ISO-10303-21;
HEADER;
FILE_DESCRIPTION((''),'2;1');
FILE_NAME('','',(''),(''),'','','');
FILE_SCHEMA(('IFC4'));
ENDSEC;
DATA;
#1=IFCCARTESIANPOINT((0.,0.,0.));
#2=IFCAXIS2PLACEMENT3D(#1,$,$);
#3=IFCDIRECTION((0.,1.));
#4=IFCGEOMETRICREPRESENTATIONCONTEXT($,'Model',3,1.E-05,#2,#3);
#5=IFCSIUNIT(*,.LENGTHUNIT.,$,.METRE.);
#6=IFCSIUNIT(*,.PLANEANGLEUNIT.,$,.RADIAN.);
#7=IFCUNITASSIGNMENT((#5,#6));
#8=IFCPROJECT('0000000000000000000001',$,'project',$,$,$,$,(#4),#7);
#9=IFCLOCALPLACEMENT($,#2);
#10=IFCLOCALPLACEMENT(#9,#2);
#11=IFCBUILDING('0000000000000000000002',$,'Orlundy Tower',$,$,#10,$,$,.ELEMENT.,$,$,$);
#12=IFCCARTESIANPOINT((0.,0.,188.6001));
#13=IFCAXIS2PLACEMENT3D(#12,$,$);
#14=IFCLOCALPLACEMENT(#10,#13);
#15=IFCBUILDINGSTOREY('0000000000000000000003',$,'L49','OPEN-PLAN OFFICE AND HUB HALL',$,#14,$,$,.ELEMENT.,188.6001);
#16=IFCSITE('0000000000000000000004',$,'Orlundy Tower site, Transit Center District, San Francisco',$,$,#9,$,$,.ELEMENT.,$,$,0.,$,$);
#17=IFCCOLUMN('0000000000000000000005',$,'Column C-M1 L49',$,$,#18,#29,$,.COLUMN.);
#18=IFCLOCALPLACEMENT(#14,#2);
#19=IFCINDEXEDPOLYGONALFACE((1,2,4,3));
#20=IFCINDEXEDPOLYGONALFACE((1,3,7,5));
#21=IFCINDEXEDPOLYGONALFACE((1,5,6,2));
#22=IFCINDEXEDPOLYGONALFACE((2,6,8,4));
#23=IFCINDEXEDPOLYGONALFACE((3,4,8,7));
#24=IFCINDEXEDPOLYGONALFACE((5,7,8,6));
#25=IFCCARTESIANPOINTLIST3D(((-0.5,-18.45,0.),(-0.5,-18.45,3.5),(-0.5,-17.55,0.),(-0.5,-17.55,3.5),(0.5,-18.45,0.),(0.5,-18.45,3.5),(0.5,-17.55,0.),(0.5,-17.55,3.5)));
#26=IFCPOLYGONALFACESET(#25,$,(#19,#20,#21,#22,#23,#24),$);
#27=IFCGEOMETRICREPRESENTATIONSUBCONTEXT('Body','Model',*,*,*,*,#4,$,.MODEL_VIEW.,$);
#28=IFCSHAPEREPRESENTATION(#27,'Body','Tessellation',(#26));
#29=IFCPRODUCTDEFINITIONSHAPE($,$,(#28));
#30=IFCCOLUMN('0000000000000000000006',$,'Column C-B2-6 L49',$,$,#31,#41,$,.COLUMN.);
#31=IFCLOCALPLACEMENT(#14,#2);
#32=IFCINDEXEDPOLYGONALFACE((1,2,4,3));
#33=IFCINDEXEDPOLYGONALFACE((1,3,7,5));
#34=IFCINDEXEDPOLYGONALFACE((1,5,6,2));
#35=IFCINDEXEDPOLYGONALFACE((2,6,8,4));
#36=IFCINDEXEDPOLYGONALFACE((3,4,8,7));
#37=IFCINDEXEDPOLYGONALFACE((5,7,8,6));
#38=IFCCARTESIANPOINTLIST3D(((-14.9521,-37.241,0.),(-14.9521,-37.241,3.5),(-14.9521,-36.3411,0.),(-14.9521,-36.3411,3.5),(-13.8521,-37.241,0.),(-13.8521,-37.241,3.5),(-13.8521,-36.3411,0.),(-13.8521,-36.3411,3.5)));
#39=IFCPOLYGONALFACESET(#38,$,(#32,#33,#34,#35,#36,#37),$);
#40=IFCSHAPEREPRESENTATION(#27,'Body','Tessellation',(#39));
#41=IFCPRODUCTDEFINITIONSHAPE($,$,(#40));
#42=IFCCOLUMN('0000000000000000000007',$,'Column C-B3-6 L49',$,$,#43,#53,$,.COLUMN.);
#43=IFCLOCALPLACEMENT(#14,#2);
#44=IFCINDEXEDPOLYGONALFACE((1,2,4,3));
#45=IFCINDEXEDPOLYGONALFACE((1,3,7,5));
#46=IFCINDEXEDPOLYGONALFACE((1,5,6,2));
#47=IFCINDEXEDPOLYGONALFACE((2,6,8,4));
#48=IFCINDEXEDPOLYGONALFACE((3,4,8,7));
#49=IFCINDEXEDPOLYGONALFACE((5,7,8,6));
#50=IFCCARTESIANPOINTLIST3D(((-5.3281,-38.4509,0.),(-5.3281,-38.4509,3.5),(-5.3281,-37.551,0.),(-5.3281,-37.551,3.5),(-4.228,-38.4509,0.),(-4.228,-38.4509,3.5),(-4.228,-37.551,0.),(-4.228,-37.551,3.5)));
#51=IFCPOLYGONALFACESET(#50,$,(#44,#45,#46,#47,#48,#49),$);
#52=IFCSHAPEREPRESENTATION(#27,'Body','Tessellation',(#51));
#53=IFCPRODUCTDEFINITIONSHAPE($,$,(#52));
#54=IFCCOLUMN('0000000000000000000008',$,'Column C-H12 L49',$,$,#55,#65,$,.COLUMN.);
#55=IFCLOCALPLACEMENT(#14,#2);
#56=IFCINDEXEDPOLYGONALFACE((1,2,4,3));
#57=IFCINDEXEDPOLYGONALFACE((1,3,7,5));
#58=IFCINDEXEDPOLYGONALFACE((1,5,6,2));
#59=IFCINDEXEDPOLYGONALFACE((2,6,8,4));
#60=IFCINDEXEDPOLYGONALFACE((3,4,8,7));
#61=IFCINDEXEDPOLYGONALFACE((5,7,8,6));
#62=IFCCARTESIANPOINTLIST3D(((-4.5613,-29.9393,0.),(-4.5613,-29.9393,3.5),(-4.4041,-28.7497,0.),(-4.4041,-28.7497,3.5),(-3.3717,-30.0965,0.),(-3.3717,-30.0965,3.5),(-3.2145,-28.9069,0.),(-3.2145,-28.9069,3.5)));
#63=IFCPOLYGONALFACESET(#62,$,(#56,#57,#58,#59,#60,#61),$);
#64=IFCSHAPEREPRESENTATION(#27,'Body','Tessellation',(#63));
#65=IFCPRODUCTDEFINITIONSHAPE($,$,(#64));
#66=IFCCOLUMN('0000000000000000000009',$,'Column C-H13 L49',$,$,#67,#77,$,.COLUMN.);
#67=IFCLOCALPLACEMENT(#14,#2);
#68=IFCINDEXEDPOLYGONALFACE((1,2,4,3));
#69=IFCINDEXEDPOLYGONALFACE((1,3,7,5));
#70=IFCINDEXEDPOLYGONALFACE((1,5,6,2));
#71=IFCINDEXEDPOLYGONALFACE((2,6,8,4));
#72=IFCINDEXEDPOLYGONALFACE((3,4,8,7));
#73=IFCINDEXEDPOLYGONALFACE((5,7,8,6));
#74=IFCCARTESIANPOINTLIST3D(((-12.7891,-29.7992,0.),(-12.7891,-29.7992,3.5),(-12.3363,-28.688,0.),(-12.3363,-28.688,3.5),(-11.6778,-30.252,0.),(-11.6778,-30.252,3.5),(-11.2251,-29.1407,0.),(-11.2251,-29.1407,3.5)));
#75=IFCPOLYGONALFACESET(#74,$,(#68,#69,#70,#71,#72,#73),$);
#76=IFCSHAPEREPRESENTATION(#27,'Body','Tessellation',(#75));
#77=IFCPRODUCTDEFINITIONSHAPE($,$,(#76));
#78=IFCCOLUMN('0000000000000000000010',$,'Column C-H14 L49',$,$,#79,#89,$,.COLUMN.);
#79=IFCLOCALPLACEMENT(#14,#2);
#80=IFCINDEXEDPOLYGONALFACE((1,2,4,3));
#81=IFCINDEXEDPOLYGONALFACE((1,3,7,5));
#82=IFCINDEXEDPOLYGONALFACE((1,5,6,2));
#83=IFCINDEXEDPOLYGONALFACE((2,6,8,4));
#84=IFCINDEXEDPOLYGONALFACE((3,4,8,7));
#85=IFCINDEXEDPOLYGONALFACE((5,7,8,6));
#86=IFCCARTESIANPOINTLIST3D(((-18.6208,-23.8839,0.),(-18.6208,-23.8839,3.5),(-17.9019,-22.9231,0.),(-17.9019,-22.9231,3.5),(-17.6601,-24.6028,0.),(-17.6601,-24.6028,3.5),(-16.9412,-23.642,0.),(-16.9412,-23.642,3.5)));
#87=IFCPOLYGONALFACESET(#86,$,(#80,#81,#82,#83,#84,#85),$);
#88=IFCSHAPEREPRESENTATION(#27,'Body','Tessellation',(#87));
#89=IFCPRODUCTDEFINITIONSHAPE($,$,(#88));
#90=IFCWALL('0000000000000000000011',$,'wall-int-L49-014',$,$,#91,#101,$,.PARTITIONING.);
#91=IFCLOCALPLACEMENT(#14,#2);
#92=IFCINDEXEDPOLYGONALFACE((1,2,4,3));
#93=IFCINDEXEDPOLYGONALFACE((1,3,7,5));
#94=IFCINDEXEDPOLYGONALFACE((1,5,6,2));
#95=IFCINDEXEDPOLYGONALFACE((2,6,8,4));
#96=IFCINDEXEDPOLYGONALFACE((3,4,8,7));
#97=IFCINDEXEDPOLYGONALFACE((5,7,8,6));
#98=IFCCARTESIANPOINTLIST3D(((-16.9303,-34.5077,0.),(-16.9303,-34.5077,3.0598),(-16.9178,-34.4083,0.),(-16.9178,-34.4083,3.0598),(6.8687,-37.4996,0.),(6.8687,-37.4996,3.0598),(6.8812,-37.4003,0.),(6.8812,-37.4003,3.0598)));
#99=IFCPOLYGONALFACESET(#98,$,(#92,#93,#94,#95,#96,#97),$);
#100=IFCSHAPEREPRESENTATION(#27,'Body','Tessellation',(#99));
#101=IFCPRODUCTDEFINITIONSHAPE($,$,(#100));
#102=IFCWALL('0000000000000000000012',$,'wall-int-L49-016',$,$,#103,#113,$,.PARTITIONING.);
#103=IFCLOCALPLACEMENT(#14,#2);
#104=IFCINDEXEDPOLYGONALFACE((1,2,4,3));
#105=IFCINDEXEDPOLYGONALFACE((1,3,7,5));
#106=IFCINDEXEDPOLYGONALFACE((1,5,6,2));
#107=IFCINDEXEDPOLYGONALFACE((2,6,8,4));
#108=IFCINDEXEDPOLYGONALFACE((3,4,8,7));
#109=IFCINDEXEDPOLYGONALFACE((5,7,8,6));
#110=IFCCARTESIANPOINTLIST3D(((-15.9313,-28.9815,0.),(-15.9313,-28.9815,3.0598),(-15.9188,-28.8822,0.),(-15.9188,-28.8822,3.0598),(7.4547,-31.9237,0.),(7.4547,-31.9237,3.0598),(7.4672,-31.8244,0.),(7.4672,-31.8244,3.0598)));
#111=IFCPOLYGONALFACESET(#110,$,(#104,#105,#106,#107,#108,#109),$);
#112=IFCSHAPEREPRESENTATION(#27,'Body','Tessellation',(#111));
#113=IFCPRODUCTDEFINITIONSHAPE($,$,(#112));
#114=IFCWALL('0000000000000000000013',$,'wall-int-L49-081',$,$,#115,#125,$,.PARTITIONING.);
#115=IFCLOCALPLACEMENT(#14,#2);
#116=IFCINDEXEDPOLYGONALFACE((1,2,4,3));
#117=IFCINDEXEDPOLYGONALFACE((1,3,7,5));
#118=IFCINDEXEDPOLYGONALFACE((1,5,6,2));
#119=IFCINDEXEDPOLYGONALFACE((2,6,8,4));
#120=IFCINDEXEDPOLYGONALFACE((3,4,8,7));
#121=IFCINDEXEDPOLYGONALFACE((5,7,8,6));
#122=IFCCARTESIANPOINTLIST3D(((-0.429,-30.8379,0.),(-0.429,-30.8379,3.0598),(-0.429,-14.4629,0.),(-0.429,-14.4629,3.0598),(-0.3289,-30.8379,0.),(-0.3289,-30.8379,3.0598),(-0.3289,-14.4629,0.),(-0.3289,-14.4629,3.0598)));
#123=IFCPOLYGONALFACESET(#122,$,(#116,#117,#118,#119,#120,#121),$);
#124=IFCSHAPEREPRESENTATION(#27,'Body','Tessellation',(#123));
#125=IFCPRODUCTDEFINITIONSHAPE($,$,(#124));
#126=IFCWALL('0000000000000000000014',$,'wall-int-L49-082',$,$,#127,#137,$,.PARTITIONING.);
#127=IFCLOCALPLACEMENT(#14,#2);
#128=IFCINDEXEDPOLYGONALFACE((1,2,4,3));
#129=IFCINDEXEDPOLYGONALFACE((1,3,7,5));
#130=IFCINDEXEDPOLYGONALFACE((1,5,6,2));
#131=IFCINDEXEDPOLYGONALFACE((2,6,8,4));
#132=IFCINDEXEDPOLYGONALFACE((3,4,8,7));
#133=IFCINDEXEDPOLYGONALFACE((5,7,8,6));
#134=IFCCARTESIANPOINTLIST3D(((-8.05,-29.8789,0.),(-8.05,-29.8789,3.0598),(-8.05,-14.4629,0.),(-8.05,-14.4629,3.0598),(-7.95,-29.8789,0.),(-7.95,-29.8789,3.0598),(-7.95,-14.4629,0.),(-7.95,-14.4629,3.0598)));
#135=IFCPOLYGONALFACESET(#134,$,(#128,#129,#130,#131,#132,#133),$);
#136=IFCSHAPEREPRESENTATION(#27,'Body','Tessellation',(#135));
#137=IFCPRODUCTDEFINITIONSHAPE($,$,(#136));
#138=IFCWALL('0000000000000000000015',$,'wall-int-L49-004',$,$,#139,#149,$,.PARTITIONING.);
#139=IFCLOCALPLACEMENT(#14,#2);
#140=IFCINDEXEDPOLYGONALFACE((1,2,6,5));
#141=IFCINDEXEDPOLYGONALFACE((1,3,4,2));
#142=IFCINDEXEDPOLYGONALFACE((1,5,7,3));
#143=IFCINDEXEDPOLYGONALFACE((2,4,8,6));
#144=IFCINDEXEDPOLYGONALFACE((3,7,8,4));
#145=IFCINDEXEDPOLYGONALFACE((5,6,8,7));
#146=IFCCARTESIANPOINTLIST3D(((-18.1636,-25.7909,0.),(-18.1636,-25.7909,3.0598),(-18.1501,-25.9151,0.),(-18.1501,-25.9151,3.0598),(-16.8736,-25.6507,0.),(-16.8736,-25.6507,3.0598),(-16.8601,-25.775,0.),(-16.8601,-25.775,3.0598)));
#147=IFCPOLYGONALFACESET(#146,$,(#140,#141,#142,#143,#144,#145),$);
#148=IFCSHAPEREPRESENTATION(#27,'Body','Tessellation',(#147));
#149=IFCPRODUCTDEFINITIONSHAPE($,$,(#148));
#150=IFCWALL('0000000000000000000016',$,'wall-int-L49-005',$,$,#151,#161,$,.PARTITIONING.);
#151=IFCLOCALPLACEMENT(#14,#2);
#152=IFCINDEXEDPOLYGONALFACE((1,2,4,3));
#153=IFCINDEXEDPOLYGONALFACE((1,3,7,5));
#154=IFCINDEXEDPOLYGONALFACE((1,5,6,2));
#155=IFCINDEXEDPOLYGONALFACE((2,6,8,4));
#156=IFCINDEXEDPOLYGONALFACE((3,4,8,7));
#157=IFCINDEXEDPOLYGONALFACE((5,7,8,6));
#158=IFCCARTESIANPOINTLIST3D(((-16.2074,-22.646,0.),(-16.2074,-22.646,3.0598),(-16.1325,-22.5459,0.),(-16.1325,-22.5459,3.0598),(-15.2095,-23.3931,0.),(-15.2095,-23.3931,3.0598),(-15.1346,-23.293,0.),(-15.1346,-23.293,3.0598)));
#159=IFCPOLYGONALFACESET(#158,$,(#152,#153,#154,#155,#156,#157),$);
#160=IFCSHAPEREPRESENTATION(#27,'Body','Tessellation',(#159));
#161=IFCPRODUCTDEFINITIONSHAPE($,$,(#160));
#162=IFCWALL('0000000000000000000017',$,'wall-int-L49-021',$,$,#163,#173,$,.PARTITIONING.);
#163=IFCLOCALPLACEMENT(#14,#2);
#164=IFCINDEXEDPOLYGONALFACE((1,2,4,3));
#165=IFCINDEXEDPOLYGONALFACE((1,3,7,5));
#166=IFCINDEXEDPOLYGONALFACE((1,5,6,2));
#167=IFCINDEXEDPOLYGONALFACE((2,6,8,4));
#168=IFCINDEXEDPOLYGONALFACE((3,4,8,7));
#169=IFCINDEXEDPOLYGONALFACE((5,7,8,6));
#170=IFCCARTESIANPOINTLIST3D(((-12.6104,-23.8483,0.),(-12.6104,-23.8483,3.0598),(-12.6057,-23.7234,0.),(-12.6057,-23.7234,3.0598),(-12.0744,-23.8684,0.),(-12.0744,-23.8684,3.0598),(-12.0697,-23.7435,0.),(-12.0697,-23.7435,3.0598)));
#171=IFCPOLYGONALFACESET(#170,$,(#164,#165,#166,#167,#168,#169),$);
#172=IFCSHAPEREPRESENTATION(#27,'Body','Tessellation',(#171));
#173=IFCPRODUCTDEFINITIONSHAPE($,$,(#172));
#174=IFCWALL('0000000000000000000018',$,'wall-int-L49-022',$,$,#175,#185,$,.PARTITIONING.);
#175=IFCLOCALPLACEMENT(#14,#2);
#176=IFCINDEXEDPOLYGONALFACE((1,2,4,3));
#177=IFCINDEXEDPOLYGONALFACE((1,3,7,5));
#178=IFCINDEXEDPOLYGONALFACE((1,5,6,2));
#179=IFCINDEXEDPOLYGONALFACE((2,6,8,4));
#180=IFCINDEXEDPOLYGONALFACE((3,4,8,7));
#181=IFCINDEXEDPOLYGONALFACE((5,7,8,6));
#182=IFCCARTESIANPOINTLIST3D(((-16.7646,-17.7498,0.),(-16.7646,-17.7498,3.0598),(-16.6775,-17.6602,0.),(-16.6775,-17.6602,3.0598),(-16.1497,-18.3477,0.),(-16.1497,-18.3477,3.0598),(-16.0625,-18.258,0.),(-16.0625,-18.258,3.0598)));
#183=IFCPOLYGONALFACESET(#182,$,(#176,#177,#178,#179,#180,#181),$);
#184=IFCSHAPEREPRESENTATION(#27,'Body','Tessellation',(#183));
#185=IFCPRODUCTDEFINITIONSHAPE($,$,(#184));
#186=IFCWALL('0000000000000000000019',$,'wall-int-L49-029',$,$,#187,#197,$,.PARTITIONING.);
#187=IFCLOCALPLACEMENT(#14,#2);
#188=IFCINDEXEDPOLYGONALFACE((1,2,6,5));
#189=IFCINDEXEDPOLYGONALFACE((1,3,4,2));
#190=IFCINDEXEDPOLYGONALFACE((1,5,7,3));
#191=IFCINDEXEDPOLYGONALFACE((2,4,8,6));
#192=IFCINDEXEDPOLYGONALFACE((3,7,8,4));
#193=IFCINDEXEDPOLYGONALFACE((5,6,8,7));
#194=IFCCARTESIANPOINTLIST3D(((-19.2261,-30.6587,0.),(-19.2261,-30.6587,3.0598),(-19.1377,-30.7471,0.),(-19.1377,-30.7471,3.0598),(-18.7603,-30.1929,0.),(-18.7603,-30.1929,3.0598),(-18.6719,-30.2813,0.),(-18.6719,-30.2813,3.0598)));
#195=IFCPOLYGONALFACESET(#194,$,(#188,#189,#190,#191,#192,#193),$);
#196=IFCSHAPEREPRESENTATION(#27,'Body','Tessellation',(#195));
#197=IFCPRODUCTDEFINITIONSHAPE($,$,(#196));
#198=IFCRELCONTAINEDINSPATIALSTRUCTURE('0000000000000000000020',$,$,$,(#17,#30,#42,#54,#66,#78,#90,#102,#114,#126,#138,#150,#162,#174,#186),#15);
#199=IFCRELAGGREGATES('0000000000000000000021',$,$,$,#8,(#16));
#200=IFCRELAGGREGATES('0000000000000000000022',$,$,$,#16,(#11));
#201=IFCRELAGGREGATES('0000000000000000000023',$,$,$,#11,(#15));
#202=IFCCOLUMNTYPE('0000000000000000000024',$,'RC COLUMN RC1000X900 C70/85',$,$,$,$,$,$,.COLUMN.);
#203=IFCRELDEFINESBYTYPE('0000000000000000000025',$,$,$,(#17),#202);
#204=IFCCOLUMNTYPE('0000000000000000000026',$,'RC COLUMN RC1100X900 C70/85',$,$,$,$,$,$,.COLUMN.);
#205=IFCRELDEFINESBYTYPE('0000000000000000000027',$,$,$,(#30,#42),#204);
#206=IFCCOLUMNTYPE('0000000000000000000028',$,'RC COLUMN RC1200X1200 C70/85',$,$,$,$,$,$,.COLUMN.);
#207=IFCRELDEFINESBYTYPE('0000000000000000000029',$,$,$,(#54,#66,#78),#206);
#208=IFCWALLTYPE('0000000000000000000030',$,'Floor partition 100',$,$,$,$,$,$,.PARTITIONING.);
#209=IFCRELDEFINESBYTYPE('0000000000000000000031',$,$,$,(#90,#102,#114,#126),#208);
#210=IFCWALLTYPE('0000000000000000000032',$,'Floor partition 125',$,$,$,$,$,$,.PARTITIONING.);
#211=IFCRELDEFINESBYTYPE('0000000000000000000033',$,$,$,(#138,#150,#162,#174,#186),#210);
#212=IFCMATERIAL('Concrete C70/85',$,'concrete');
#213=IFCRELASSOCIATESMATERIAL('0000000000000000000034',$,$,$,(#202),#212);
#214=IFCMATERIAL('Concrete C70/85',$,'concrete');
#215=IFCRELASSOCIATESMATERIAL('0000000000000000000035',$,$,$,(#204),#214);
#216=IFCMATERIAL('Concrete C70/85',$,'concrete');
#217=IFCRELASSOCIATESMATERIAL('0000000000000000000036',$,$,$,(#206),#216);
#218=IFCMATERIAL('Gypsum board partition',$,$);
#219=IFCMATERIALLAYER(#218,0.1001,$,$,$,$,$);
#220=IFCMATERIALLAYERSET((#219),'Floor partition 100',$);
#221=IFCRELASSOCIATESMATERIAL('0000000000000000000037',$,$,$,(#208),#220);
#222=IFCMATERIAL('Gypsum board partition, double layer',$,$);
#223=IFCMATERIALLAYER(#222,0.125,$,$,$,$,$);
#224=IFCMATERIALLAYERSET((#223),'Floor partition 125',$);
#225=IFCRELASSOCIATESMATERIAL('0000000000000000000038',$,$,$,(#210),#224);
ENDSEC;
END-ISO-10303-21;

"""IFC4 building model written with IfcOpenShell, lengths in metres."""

from ifc_helpers import new_model, si_unit, direction, frame, frame_2d, origin, origin_2d, place, context, subcontext, project, spatial, rectangle, extrude, material, layer, layer_set, material_profile, profile_set, type_object, element, save


model = new_model("IFC4")

# Units and contexts
model_context = context("Model", 3, precision=1e-05, world=origin(), true_north=direction((0.0, 1.0)))
body_context = subcontext(model_context, "Body", "Model", "MODEL_VIEW")
ifc_project = project(units=[si_unit("LENGTHUNIT", "METRE"), si_unit("PLANEANGLEUNIT", "RADIAN")], contexts=[model_context])

# Site, building, storey
site_placement = place(None, origin())
site = spatial("IfcSite", under=ifc_project, at=site_placement, Name="Orlundy Tower site, Transit Center District, San Francisco", CompositionType="ELEMENT", RefElevation=0.0)
building_placement = place(site_placement, origin())
building = spatial("IfcBuilding", under=site, at=building_placement, Name="Orlundy Tower", CompositionType="ELEMENT")
storey_placement = place(building_placement, frame((0.0, 0.0, 188.6001)))
storey = spatial("IfcBuildingStorey", under=building, at=storey_placement, Name="L49", Description="OPEN-PLAN OFFICE AND HUB HALL", CompositionType="ELEMENT", Elevation=188.6001)

# Columns
ifc_material_1 = material(Name="Concrete C70/85", Category="concrete")
ifc_material_profile_1 = material_profile(ifc_material_1, rectangle(XDim=1.0, YDim=0.8999, at=origin_2d()), Name="RC1000X900")
ifc_profile_set_1 = profile_set([ifc_material_profile_1], Name="Concrete C70/85")
column_type_1 = type_object("IfcColumnType", Name="RC COLUMN RC1000X900 C70/85", PredefinedType="COLUMN", material=ifc_profile_set_1)
column_placement = place(storey_placement, frame((0.0, -18.0, 0.0), z_axis=(0.0, 0.0, 1.0), x_axis=(1.0, 0.0, 0.0)))
element("IfcColumn", 1, at=column_placement, inside=storey, type_object=column_type_1, Name="Column C-M1 L49", PredefinedType="COLUMN", context=body_context, shape_type="SweptSolid", body=[
    extrude(rectangle(XDim=1.0, YDim=0.8999, at=origin_2d()), origin(), (0.0, 0.0, 1.0), 3.5),
])
ifc_material_2 = material(Name="Concrete C70/85", Category="concrete")
ifc_material_profile_2 = material_profile(ifc_material_2, rectangle(XDim=1.1001, YDim=0.8999, at=origin_2d()), Name="RC1100X900")
ifc_profile_set_2 = profile_set([ifc_material_profile_2], Name="Concrete C70/85")
column_type_2 = type_object("IfcColumnType", Name="RC COLUMN RC1100X900 C70/85", PredefinedType="COLUMN", material=ifc_profile_set_2)
for number, where, z_axis, x_axis, name in (
    (2, (-14.4021, -36.791, 0.0), (0.0, 0.0, 1.0), (1.0, 0.0, 0.0), "Column C-B2-6 L49"),
    (3, (-4.7781, -38.001, 0.0), (0.0, 0.0, 1.0), (1.0, 0.0, 0.0), "Column C-B3-6 L49"),
):
    element("IfcColumn", number, at=place(storey_placement, frame(where, z_axis=z_axis, x_axis=x_axis)), inside=storey, type_object=column_type_2, Name=name, PredefinedType="COLUMN", context=body_context, shape_type="SweptSolid", body=[
        extrude(rectangle(XDim=1.1001, YDim=0.8999, at=origin_2d()), origin(), (0.0, 0.0, 1.0), 3.5),
    ])
ifc_material_3 = material(Name="Concrete C70/85", Category="concrete")
ifc_material_profile_3 = material_profile(ifc_material_3, rectangle(XDim=1.2, YDim=1.2, at=origin_2d()), Name="RC1200X1200")
ifc_profile_set_3 = profile_set([ifc_material_profile_3], Name="Concrete C70/85")
column_type_3 = type_object("IfcColumnType", Name="RC COLUMN RC1200X1200 C70/85", PredefinedType="COLUMN", material=ifc_profile_set_3)
for number, where, z_axis, x_axis, name in (
    (4, (-3.8879, -29.4231, 0.0), (0.0, 0.0, 1.0), (-0.131011, -0.991381, 0.0), "Column C-H12 L49"),
    (5, (-12.0071, -29.47, 0.0), (0.0, 0.0, 1.0), (-0.377324, -0.926081, 0.0), "Column C-H13 L49"),
    (6, (-17.781, -23.7629, 0.0), (0.0, 0.0, 1.0), (-0.599107, -0.800669, 0.0), "Column C-H14 L49"),
):
    element("IfcColumn", number, at=place(storey_placement, frame(where, z_axis=z_axis, x_axis=x_axis)), inside=storey, type_object=column_type_3, Name=name, PredefinedType="COLUMN", context=body_context, shape_type="SweptSolid", body=[
        extrude(rectangle(XDim=1.2, YDim=1.2, at=origin_2d()), origin(), (0.0, 0.0, 1.0), 3.5),
    ])

# Walls
ifc_material_4 = material(Name="Gypsum board partition")
ifc_layer_1 = layer(ifc_material_4, 0.1001)
ifc_layer_set_1 = layer_set([ifc_layer_1], Name="Floor partition 100")
wall_type_1 = type_object("IfcWallType", Name="Floor partition 100", PredefinedType="PARTITIONING", material=ifc_layer_set_1)
wall_1_placement = place(storey_placement, frame((-16.9241, -34.458, 0.0), z_axis=(0.0, 0.0, 1.0), x_axis=(0.99219, -0.124735, 0.0)))
element("IfcWall", 7, at=wall_1_placement, inside=storey, type_object=wall_type_1, Name="wall-int-L49-014", PredefinedType="PARTITIONING", context=body_context, shape_type="SweptSolid", body=[
    extrude(rectangle(XDim=23.9863, YDim=0.1001, at=frame_2d((11.9932, 0.0))), origin(), (0.0, 0.0, 1.0), 3.0598),
])
wall_2_placement = place(storey_placement, frame((-15.925, -28.9319, 0.0), z_axis=(0.0, 0.0, 1.0), x_axis=(0.992179, -0.124824, 0.0)))
element("IfcWall", 8, at=wall_2_placement, inside=storey, type_object=wall_type_1, Name="wall-int-L49-016", PredefinedType="PARTITIONING", context=body_context, shape_type="SweptSolid", body=[
    extrude(rectangle(XDim=23.5703, YDim=0.1001, at=frame_2d((11.7852, 0.0))), origin(), (0.0, 0.0, 1.0), 3.0598),
])
wall_3_placement = place(storey_placement, frame((-0.3789, -30.8379, 0.0), z_axis=(0.0, 0.0, 1.0), x_axis=(0.0, 1.0, 0.0)))
element("IfcWall", 9, at=wall_3_placement, inside=storey, type_object=wall_type_1, Name="wall-int-L49-081", PredefinedType="PARTITIONING", context=body_context, shape_type="SweptSolid", body=[
    extrude(rectangle(XDim=16.375, YDim=0.1001, at=frame_2d((8.1875, 0.0))), origin(), (0.0, 0.0, 1.0), 3.0598),
])
wall_4_placement = place(storey_placement, frame((-8.0, -29.8789, 0.0), z_axis=(0.0, 0.0, 1.0), x_axis=(0.0, 1.0, 0.0)))
element("IfcWall", 10, at=wall_4_placement, inside=storey, type_object=wall_type_1, Name="wall-int-L49-082", PredefinedType="PARTITIONING", context=body_context, shape_type="SweptSolid", body=[
    extrude(rectangle(XDim=15.416, YDim=0.1001, at=frame_2d((7.708, 0.0))), origin(), (0.0, 0.0, 1.0), 3.0598),
])
ifc_material_5 = material(Name="Gypsum board partition, double layer")
ifc_layer_2 = layer(ifc_material_5, 0.125)
ifc_layer_set_2 = layer_set([ifc_layer_2], Name="Floor partition 125")
wall_type_2 = type_object("IfcWallType", Name="Floor partition 125", PredefinedType="PARTITIONING", material=ifc_layer_set_2)
wall_5_placement = place(storey_placement, frame((-18.157, -25.853, 0.0), z_axis=(0.0, 0.0, 1.0), x_axis=(0.994151, 0.107995, 0.0)))
element("IfcWall", 11, at=wall_5_placement, inside=storey, type_object=wall_type_2, Name="wall-int-L49-004", PredefinedType="PARTITIONING", context=body_context, shape_type="SweptSolid", body=[
    extrude(rectangle(XDim=1.2976, YDim=0.125, at=frame_2d((0.6489, 0.0))), origin(), (0.0, 0.0, 1.0), 3.0598),
])
wall_6_placement = place(storey_placement, frame((-16.1699, -22.5959, 0.0), z_axis=(0.0, 0.0, 1.0), x_axis=(0.800493, -0.599342, 0.0)))
element("IfcWall", 12, at=wall_6_placement, inside=storey, type_object=wall_type_2, Name="wall-int-L49-005", PredefinedType="PARTITIONING", context=body_context, shape_type="SweptSolid", body=[
    extrude(rectangle(XDim=1.2466, YDim=0.125, at=frame_2d((0.6233, 0.0))), origin(), (0.0, 0.0, 1.0), 3.0598),
])
wall_7_placement = place(storey_placement, frame((-12.6079, -23.7859, 0.0), z_axis=(0.0, 0.0, 1.0), x_axis=(0.999303, -0.037332, 0.0)))
element("IfcWall", 13, at=wall_7_placement, inside=storey, type_object=wall_type_2, Name="wall-int-L49-021", PredefinedType="PARTITIONING", context=body_context, shape_type="SweptSolid", body=[
    extrude(rectangle(XDim=0.5364, YDim=0.125, at=frame_2d((0.2681, 0.0))), origin(), (0.0, 0.0, 1.0), 3.0598),
])
wall_8_placement = place(storey_placement, frame((-16.7209, -17.7051, 0.0), z_axis=(0.0, 0.0, 1.0), x_axis=(0.716999, -0.697074, 0.0)))
element("IfcWall", 14, at=wall_8_placement, inside=storey, type_object=wall_type_2, Name="wall-int-L49-022", PredefinedType="PARTITIONING", context=body_context, shape_type="SweptSolid", body=[
    extrude(rectangle(XDim=0.8577, YDim=0.125, at=frame_2d((0.4287, 0.0))), origin(), (0.0, 0.0, 1.0), 3.0598),
])
wall_9_placement = place(storey_placement, frame((-19.1819, -30.7029, 0.0), z_axis=(0.0, 0.0, 1.0), x_axis=(0.707107, 0.707107, 0.0)))
element("IfcWall", 15, at=wall_9_placement, inside=storey, type_object=wall_type_2, Name="wall-int-L49-029", PredefinedType="PARTITIONING", context=body_context, shape_type="SweptSolid", body=[
    extrude(rectangle(XDim=0.6587, YDim=0.125, at=frame_2d((0.3293, 0.0))), origin(), (0.0, 0.0, 1.0), 3.0598),
])

save(model, "model.ifc")
